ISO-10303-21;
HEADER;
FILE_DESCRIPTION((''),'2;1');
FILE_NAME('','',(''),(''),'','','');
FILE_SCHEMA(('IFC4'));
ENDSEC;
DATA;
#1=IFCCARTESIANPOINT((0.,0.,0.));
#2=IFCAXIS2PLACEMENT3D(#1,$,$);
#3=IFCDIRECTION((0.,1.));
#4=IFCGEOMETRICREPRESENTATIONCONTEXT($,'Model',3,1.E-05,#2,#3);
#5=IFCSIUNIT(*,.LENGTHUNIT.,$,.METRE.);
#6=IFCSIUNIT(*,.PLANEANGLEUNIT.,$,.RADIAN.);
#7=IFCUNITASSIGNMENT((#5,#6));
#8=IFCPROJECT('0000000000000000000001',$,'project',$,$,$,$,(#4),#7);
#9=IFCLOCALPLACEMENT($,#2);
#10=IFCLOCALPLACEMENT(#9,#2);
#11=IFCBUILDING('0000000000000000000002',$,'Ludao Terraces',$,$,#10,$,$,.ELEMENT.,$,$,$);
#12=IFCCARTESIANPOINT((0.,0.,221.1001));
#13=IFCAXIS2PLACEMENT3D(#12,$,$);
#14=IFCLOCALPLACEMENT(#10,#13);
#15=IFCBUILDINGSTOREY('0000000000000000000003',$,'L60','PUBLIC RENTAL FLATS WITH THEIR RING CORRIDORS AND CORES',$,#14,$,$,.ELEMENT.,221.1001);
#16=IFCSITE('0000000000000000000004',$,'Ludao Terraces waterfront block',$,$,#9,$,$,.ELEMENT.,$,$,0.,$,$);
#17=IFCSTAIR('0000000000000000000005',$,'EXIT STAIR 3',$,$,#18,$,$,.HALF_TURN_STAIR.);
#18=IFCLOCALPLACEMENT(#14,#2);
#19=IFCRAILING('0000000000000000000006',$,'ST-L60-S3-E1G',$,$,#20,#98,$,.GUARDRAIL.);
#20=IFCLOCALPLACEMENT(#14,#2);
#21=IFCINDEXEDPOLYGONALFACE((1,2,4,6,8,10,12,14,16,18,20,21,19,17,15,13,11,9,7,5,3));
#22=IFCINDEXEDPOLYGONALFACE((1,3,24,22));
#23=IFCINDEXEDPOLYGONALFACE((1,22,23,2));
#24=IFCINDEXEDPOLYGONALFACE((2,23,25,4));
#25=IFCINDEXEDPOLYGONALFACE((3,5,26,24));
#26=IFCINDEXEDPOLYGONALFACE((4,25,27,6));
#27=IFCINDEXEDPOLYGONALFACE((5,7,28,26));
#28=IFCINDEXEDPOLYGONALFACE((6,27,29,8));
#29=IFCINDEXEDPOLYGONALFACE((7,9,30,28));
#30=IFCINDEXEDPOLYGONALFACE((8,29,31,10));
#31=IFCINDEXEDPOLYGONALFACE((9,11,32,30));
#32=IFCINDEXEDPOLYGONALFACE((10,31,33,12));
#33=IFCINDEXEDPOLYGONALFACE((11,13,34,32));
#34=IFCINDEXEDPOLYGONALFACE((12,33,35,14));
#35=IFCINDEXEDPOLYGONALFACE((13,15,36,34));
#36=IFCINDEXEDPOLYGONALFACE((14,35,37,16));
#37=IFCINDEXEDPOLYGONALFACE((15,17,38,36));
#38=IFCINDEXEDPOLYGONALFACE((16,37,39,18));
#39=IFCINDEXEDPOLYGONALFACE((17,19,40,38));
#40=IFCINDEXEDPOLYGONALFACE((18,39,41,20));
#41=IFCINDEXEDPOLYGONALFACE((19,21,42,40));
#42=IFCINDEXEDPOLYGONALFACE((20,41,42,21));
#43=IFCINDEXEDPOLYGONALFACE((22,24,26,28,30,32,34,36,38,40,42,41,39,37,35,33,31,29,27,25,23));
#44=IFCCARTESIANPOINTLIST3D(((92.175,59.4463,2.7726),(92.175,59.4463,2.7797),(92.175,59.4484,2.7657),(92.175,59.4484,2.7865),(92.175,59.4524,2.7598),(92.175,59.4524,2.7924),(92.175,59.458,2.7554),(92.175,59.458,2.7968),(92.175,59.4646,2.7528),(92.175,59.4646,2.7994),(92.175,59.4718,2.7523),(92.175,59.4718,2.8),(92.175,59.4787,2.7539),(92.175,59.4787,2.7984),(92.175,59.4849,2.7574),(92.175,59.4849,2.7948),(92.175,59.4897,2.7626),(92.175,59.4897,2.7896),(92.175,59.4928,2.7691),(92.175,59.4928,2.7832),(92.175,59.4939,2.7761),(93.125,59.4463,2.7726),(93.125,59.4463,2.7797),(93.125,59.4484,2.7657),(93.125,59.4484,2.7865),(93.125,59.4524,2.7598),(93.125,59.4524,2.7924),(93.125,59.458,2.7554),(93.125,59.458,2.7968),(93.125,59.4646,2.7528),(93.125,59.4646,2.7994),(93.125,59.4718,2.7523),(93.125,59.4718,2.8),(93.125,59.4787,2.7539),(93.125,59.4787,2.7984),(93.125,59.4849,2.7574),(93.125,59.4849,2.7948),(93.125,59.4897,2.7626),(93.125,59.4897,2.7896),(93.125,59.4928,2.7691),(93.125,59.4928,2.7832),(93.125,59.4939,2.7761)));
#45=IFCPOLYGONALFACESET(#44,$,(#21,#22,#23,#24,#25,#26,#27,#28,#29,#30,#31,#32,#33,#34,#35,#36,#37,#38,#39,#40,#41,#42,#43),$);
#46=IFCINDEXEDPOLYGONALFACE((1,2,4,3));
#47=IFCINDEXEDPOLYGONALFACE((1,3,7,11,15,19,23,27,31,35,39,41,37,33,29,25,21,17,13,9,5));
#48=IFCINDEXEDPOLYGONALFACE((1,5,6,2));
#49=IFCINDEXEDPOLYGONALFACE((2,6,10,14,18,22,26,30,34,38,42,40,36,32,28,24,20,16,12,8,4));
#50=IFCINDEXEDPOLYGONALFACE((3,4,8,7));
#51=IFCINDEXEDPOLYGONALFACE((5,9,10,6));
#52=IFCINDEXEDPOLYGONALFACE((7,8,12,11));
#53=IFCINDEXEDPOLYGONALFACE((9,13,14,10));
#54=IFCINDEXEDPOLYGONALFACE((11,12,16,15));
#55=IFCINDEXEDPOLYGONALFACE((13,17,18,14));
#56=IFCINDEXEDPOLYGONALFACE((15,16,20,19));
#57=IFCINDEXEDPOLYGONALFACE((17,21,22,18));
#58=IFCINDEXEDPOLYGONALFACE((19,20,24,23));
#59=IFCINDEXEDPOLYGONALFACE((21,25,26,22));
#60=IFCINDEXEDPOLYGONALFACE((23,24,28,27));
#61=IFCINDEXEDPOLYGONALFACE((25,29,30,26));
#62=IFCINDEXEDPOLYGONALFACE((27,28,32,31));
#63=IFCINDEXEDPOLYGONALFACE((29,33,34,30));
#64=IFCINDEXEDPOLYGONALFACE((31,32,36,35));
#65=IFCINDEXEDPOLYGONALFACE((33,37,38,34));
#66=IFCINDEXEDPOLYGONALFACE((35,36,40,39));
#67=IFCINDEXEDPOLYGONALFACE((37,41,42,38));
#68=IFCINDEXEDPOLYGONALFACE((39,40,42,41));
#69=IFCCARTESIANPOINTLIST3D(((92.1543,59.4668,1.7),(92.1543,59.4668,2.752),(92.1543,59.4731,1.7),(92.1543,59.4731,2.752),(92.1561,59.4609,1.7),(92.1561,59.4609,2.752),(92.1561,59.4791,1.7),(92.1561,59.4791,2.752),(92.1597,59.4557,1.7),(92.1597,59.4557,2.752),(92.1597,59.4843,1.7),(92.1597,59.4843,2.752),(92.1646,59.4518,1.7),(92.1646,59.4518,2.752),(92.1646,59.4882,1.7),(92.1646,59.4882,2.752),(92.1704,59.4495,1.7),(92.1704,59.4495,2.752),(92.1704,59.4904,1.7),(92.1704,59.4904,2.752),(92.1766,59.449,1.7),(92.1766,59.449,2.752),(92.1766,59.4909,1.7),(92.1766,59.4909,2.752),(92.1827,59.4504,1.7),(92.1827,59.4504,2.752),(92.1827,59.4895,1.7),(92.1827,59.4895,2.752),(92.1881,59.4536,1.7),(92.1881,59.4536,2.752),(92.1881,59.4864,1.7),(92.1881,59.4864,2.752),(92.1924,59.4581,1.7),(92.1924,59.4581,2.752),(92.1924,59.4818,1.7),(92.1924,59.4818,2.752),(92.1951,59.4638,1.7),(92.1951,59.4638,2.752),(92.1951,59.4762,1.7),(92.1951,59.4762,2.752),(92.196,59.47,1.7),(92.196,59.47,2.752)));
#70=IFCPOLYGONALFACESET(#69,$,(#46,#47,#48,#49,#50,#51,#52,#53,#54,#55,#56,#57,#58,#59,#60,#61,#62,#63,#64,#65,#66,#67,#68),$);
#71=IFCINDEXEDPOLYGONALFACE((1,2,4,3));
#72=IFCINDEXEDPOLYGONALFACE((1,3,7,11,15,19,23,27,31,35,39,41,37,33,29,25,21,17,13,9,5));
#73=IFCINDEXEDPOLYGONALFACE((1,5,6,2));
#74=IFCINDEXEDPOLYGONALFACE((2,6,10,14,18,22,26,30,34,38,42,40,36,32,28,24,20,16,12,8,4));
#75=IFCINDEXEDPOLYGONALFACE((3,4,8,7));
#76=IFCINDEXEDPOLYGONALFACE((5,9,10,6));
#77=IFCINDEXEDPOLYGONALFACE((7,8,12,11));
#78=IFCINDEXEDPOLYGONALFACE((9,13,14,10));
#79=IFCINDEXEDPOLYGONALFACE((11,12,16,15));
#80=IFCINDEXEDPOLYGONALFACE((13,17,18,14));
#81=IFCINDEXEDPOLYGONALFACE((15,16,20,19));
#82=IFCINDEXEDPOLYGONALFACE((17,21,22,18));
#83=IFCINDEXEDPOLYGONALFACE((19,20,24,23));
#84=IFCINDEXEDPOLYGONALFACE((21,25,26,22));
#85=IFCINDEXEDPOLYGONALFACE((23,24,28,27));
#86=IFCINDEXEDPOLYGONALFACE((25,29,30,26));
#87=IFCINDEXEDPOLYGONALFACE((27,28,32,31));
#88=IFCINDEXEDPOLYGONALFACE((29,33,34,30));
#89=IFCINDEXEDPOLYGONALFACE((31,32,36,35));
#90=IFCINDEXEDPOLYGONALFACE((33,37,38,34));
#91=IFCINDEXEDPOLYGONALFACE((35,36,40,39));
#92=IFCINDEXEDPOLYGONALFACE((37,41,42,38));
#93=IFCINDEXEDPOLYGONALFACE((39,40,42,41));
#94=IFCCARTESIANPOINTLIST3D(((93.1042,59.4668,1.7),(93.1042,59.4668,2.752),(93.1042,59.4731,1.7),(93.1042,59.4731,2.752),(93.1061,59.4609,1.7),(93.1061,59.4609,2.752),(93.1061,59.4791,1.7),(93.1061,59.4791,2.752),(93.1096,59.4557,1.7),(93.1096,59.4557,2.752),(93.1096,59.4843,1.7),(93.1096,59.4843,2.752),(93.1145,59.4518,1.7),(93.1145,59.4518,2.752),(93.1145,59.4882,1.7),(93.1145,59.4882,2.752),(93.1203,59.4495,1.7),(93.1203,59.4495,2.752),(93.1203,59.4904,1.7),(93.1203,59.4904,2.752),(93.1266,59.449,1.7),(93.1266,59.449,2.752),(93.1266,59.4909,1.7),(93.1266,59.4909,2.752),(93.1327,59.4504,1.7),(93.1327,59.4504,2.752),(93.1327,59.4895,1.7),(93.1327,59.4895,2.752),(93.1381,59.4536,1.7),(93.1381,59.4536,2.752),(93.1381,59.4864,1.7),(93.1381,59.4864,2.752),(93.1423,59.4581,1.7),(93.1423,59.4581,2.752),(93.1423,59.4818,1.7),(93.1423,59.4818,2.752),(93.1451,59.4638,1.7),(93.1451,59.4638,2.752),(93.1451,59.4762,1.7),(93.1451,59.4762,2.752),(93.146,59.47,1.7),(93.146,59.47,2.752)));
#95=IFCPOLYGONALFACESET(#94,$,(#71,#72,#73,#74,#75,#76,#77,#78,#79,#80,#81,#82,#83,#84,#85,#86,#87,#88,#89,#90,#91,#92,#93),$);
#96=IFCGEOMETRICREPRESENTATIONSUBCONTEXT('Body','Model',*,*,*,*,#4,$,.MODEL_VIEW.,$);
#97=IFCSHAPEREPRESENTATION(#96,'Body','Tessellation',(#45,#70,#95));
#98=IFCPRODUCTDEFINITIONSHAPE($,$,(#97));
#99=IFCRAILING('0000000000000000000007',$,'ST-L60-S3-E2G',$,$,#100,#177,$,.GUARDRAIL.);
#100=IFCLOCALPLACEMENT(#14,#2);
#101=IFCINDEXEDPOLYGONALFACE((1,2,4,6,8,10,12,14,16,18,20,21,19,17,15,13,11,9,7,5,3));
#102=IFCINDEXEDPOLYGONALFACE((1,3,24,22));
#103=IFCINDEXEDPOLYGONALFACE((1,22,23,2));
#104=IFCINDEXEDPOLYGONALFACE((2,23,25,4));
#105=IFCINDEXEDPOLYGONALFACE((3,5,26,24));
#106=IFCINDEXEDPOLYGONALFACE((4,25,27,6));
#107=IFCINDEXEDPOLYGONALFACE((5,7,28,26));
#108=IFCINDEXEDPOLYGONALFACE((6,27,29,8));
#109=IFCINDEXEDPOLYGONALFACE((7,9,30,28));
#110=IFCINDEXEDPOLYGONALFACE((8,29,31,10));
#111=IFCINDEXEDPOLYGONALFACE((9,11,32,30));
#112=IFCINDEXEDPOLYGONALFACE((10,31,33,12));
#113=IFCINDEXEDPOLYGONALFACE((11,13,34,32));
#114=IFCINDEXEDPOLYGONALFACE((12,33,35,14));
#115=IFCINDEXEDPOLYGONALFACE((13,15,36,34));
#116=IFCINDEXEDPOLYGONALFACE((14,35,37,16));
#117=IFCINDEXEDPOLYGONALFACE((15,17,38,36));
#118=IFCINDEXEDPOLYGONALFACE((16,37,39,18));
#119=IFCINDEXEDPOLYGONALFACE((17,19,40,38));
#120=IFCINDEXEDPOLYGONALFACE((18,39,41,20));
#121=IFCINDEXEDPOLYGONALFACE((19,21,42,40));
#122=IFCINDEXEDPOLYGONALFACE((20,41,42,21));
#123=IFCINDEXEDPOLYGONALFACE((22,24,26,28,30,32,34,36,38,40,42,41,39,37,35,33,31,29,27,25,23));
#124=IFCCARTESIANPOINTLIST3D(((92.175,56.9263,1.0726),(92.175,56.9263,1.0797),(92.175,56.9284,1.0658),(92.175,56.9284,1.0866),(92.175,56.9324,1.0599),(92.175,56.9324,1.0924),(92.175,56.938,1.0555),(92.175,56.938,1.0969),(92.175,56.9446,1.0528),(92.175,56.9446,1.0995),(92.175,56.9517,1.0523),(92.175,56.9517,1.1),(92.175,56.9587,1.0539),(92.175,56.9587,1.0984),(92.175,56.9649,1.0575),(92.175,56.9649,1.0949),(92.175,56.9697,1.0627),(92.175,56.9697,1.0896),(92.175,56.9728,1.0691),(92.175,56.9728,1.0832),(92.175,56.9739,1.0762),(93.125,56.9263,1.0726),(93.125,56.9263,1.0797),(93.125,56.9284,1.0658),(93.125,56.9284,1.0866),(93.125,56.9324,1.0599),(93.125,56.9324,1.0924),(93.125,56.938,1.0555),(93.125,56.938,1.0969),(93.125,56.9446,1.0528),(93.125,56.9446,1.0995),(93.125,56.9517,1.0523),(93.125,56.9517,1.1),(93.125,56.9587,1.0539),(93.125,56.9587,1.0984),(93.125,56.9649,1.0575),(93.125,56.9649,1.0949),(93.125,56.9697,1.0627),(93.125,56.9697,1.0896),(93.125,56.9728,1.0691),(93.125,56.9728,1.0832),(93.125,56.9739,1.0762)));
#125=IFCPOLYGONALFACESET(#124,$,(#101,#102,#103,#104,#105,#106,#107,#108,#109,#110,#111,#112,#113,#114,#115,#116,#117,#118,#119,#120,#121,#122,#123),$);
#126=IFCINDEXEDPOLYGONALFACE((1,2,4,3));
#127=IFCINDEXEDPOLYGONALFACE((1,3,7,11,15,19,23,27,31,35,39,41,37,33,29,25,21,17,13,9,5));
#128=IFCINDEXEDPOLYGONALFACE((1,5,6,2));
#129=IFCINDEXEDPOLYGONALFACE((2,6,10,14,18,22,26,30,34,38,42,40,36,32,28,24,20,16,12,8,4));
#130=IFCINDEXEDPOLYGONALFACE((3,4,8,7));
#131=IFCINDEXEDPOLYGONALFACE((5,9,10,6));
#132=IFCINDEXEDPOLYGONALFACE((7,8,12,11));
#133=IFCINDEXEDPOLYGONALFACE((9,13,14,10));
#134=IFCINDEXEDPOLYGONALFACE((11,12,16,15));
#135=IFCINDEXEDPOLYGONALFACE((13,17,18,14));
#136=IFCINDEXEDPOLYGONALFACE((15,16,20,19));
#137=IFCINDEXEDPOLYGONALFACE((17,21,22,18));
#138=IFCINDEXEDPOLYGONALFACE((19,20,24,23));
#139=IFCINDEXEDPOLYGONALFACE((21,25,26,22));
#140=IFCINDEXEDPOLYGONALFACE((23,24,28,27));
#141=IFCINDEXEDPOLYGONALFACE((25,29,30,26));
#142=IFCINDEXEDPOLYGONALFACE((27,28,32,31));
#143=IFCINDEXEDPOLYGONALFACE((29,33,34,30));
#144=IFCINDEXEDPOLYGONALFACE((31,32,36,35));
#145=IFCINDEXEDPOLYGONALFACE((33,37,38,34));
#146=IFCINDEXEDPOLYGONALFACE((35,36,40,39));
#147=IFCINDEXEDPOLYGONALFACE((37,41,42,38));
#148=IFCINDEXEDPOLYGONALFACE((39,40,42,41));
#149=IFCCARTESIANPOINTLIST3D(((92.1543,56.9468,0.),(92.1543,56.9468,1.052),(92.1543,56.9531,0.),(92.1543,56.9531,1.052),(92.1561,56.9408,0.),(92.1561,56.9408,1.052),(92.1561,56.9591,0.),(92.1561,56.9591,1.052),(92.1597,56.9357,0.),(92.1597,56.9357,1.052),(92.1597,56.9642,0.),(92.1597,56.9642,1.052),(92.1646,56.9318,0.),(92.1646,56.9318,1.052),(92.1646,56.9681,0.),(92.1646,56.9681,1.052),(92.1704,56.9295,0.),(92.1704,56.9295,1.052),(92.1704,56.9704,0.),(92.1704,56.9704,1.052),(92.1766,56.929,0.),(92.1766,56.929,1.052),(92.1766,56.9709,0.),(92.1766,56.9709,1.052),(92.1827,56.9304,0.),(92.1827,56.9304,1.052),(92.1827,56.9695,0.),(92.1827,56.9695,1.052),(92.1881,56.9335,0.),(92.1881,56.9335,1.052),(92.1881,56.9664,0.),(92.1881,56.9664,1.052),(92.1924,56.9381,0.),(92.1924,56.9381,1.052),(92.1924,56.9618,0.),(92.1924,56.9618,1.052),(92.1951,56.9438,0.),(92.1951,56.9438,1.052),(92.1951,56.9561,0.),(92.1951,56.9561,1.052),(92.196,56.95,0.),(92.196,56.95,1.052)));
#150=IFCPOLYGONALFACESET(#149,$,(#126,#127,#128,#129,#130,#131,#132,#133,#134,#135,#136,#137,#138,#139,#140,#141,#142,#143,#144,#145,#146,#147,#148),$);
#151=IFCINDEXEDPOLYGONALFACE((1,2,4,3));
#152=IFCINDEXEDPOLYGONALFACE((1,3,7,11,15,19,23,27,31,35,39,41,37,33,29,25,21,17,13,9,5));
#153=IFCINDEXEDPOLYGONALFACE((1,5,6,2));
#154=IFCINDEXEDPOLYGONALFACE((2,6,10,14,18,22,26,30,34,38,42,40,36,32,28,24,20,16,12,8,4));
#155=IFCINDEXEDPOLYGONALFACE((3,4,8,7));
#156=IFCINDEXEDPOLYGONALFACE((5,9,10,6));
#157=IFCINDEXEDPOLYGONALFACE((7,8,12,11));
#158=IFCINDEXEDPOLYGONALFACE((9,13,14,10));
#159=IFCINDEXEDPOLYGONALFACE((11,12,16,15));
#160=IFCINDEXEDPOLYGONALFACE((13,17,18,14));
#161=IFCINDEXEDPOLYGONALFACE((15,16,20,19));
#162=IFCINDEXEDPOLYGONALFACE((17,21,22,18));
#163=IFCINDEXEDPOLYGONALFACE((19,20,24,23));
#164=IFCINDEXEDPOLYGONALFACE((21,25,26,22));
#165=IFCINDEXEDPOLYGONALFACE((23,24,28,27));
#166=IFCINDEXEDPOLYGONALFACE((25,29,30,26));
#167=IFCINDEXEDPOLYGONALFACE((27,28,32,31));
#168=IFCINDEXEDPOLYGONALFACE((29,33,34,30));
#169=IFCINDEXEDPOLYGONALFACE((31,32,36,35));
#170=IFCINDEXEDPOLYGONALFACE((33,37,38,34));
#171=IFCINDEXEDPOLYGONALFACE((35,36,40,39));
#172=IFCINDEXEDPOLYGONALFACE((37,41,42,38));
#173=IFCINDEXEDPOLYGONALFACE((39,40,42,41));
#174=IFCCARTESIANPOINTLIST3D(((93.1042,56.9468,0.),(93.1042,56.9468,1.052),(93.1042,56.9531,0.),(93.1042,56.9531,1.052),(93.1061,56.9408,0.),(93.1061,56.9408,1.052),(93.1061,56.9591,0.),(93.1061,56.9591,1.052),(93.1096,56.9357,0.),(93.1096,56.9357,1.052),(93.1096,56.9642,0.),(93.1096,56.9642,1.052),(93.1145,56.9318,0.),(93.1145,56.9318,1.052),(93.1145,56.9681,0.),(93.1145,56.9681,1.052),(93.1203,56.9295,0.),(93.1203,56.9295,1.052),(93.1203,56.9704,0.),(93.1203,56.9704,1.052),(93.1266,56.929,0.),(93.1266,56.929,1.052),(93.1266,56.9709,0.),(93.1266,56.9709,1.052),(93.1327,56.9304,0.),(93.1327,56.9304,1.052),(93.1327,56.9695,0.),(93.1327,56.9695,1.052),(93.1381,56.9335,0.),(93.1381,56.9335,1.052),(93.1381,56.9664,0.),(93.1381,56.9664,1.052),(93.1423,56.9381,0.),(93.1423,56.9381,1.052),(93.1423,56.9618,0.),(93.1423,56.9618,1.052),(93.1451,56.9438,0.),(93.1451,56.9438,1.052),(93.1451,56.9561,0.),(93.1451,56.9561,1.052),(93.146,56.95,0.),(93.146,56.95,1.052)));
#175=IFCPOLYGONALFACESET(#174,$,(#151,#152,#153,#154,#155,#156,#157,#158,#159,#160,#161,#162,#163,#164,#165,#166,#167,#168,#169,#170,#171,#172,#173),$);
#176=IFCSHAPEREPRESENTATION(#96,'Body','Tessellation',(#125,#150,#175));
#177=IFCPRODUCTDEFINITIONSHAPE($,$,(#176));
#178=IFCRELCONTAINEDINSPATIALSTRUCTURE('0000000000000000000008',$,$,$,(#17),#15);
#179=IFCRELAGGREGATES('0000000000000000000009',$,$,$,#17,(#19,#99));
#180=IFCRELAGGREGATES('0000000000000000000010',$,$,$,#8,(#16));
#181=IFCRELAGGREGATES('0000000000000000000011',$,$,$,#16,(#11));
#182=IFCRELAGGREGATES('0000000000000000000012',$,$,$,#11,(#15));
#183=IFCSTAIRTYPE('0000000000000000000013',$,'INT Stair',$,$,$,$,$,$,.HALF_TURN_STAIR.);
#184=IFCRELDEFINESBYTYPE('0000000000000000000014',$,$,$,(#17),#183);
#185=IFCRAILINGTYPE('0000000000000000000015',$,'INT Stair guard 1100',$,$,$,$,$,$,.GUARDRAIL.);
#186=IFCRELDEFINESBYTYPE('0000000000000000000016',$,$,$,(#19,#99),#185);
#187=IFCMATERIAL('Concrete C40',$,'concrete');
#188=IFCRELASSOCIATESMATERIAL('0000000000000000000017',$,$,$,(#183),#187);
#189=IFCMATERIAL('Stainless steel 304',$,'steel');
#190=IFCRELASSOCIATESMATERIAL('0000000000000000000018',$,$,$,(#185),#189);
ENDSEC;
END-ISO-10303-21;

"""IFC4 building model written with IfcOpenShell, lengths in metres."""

from ifc_helpers import new_model, si_unit, direction, frame, origin, origin_2d, place, context, subcontext, project, spatial, circle, extrude, material, type_object, element, aggregate, save


model = new_model("IFC4")

# Units and contexts
model_context = context("Model", 3, precision=1e-05, world=origin(), true_north=direction((0.0, 1.0)))
body_context = subcontext(model_context, "Body", "Model", "MODEL_VIEW")
ifc_project = project(units=[si_unit("LENGTHUNIT", "METRE"), si_unit("PLANEANGLEUNIT", "RADIAN")], contexts=[model_context])

# Site, building, storey
site_placement = place(None, origin())
site = spatial("IfcSite", under=ifc_project, at=site_placement, Name="Ludao Terraces waterfront block", CompositionType="ELEMENT", RefElevation=0.0)
building_placement = place(site_placement, origin())
building = spatial("IfcBuilding", under=site, at=building_placement, Name="Ludao Terraces", CompositionType="ELEMENT")
storey_placement = place(building_placement, frame((0.0, 0.0, 221.1001)))
storey = spatial("IfcBuildingStorey", under=building, at=storey_placement, Name="L60", Description="PUBLIC RENTAL FLATS WITH THEIR RING CORRIDORS AND CORES", CompositionType="ELEMENT", Elevation=221.1001)

# Shared definitions
ifc_material_1 = material(Name="Concrete C40", Category="concrete")

# Stair, railings
stair_type = type_object("IfcStairType", Name="INT Stair", PredefinedType="HALF_TURN_STAIR", material=ifc_material_1)
stair_placement = place(storey_placement, origin())
stair = element("IfcStair", 1, at=stair_placement, inside=storey, type_object=stair_type, Name="EXIT STAIR 3", PredefinedType="HALF_TURN_STAIR")
ifc_material_2 = material(Name="Stainless steel 304", Category="steel")
railing_type_1 = type_object("IfcRailingType", Name="INT Stair guard 1100", PredefinedType="GUARDRAIL", material=ifc_material_2)
railing_1_placement = place(storey_placement, frame((92.175, 59.47, 1.7)))
railing_1 = element("IfcRailing", 2, at=railing_1_placement, type_object=railing_type_1, Name="ST-L60-S3-E1G", PredefinedType="GUARDRAIL", context=body_context, shape_type="SweptSolid", body=[
    extrude(circle(Radius=0.0239, at=origin_2d()), frame((0.0, 0.0, 1.0762), z_axis=(1.0, 0.0, 0.0), x_axis=(0.0, 1.0, 0.0)), (0.0, 0.0, 1.0), 0.95),
    extrude(circle(Radius=0.021, at=origin_2d()), origin(), (0.0, 0.0, 1.0), 1.052),
    extrude(circle(Radius=0.021, at=origin_2d()), frame((0.95, 0.0, 0.0)), (0.0, 0.0, 1.0), 1.052),
])
railing_2_placement = place(storey_placement, frame((92.175, 56.95, 0.0)))
railing_2 = element("IfcRailing", 3, at=railing_2_placement, type_object=railing_type_1, Name="ST-L60-S3-E2G", PredefinedType="GUARDRAIL", context=body_context, shape_type="SweptSolid", body=[
    extrude(circle(Radius=0.0239, at=origin_2d()), frame((0.0, 0.0, 1.0762), z_axis=(1.0, 0.0, 0.0), x_axis=(0.0, 1.0, 0.0)), (0.0, 0.0, 1.0), 0.95),
    extrude(circle(Radius=0.021, at=origin_2d()), origin(), (0.0, 0.0, 1.0), 1.052),
    extrude(circle(Radius=0.021, at=origin_2d()), frame((0.95, 0.0, 0.0)), (0.0, 0.0, 1.0), 1.052),
])
aggregate(stair, [railing_1, railing_2])

save(model, "model.ifc")
